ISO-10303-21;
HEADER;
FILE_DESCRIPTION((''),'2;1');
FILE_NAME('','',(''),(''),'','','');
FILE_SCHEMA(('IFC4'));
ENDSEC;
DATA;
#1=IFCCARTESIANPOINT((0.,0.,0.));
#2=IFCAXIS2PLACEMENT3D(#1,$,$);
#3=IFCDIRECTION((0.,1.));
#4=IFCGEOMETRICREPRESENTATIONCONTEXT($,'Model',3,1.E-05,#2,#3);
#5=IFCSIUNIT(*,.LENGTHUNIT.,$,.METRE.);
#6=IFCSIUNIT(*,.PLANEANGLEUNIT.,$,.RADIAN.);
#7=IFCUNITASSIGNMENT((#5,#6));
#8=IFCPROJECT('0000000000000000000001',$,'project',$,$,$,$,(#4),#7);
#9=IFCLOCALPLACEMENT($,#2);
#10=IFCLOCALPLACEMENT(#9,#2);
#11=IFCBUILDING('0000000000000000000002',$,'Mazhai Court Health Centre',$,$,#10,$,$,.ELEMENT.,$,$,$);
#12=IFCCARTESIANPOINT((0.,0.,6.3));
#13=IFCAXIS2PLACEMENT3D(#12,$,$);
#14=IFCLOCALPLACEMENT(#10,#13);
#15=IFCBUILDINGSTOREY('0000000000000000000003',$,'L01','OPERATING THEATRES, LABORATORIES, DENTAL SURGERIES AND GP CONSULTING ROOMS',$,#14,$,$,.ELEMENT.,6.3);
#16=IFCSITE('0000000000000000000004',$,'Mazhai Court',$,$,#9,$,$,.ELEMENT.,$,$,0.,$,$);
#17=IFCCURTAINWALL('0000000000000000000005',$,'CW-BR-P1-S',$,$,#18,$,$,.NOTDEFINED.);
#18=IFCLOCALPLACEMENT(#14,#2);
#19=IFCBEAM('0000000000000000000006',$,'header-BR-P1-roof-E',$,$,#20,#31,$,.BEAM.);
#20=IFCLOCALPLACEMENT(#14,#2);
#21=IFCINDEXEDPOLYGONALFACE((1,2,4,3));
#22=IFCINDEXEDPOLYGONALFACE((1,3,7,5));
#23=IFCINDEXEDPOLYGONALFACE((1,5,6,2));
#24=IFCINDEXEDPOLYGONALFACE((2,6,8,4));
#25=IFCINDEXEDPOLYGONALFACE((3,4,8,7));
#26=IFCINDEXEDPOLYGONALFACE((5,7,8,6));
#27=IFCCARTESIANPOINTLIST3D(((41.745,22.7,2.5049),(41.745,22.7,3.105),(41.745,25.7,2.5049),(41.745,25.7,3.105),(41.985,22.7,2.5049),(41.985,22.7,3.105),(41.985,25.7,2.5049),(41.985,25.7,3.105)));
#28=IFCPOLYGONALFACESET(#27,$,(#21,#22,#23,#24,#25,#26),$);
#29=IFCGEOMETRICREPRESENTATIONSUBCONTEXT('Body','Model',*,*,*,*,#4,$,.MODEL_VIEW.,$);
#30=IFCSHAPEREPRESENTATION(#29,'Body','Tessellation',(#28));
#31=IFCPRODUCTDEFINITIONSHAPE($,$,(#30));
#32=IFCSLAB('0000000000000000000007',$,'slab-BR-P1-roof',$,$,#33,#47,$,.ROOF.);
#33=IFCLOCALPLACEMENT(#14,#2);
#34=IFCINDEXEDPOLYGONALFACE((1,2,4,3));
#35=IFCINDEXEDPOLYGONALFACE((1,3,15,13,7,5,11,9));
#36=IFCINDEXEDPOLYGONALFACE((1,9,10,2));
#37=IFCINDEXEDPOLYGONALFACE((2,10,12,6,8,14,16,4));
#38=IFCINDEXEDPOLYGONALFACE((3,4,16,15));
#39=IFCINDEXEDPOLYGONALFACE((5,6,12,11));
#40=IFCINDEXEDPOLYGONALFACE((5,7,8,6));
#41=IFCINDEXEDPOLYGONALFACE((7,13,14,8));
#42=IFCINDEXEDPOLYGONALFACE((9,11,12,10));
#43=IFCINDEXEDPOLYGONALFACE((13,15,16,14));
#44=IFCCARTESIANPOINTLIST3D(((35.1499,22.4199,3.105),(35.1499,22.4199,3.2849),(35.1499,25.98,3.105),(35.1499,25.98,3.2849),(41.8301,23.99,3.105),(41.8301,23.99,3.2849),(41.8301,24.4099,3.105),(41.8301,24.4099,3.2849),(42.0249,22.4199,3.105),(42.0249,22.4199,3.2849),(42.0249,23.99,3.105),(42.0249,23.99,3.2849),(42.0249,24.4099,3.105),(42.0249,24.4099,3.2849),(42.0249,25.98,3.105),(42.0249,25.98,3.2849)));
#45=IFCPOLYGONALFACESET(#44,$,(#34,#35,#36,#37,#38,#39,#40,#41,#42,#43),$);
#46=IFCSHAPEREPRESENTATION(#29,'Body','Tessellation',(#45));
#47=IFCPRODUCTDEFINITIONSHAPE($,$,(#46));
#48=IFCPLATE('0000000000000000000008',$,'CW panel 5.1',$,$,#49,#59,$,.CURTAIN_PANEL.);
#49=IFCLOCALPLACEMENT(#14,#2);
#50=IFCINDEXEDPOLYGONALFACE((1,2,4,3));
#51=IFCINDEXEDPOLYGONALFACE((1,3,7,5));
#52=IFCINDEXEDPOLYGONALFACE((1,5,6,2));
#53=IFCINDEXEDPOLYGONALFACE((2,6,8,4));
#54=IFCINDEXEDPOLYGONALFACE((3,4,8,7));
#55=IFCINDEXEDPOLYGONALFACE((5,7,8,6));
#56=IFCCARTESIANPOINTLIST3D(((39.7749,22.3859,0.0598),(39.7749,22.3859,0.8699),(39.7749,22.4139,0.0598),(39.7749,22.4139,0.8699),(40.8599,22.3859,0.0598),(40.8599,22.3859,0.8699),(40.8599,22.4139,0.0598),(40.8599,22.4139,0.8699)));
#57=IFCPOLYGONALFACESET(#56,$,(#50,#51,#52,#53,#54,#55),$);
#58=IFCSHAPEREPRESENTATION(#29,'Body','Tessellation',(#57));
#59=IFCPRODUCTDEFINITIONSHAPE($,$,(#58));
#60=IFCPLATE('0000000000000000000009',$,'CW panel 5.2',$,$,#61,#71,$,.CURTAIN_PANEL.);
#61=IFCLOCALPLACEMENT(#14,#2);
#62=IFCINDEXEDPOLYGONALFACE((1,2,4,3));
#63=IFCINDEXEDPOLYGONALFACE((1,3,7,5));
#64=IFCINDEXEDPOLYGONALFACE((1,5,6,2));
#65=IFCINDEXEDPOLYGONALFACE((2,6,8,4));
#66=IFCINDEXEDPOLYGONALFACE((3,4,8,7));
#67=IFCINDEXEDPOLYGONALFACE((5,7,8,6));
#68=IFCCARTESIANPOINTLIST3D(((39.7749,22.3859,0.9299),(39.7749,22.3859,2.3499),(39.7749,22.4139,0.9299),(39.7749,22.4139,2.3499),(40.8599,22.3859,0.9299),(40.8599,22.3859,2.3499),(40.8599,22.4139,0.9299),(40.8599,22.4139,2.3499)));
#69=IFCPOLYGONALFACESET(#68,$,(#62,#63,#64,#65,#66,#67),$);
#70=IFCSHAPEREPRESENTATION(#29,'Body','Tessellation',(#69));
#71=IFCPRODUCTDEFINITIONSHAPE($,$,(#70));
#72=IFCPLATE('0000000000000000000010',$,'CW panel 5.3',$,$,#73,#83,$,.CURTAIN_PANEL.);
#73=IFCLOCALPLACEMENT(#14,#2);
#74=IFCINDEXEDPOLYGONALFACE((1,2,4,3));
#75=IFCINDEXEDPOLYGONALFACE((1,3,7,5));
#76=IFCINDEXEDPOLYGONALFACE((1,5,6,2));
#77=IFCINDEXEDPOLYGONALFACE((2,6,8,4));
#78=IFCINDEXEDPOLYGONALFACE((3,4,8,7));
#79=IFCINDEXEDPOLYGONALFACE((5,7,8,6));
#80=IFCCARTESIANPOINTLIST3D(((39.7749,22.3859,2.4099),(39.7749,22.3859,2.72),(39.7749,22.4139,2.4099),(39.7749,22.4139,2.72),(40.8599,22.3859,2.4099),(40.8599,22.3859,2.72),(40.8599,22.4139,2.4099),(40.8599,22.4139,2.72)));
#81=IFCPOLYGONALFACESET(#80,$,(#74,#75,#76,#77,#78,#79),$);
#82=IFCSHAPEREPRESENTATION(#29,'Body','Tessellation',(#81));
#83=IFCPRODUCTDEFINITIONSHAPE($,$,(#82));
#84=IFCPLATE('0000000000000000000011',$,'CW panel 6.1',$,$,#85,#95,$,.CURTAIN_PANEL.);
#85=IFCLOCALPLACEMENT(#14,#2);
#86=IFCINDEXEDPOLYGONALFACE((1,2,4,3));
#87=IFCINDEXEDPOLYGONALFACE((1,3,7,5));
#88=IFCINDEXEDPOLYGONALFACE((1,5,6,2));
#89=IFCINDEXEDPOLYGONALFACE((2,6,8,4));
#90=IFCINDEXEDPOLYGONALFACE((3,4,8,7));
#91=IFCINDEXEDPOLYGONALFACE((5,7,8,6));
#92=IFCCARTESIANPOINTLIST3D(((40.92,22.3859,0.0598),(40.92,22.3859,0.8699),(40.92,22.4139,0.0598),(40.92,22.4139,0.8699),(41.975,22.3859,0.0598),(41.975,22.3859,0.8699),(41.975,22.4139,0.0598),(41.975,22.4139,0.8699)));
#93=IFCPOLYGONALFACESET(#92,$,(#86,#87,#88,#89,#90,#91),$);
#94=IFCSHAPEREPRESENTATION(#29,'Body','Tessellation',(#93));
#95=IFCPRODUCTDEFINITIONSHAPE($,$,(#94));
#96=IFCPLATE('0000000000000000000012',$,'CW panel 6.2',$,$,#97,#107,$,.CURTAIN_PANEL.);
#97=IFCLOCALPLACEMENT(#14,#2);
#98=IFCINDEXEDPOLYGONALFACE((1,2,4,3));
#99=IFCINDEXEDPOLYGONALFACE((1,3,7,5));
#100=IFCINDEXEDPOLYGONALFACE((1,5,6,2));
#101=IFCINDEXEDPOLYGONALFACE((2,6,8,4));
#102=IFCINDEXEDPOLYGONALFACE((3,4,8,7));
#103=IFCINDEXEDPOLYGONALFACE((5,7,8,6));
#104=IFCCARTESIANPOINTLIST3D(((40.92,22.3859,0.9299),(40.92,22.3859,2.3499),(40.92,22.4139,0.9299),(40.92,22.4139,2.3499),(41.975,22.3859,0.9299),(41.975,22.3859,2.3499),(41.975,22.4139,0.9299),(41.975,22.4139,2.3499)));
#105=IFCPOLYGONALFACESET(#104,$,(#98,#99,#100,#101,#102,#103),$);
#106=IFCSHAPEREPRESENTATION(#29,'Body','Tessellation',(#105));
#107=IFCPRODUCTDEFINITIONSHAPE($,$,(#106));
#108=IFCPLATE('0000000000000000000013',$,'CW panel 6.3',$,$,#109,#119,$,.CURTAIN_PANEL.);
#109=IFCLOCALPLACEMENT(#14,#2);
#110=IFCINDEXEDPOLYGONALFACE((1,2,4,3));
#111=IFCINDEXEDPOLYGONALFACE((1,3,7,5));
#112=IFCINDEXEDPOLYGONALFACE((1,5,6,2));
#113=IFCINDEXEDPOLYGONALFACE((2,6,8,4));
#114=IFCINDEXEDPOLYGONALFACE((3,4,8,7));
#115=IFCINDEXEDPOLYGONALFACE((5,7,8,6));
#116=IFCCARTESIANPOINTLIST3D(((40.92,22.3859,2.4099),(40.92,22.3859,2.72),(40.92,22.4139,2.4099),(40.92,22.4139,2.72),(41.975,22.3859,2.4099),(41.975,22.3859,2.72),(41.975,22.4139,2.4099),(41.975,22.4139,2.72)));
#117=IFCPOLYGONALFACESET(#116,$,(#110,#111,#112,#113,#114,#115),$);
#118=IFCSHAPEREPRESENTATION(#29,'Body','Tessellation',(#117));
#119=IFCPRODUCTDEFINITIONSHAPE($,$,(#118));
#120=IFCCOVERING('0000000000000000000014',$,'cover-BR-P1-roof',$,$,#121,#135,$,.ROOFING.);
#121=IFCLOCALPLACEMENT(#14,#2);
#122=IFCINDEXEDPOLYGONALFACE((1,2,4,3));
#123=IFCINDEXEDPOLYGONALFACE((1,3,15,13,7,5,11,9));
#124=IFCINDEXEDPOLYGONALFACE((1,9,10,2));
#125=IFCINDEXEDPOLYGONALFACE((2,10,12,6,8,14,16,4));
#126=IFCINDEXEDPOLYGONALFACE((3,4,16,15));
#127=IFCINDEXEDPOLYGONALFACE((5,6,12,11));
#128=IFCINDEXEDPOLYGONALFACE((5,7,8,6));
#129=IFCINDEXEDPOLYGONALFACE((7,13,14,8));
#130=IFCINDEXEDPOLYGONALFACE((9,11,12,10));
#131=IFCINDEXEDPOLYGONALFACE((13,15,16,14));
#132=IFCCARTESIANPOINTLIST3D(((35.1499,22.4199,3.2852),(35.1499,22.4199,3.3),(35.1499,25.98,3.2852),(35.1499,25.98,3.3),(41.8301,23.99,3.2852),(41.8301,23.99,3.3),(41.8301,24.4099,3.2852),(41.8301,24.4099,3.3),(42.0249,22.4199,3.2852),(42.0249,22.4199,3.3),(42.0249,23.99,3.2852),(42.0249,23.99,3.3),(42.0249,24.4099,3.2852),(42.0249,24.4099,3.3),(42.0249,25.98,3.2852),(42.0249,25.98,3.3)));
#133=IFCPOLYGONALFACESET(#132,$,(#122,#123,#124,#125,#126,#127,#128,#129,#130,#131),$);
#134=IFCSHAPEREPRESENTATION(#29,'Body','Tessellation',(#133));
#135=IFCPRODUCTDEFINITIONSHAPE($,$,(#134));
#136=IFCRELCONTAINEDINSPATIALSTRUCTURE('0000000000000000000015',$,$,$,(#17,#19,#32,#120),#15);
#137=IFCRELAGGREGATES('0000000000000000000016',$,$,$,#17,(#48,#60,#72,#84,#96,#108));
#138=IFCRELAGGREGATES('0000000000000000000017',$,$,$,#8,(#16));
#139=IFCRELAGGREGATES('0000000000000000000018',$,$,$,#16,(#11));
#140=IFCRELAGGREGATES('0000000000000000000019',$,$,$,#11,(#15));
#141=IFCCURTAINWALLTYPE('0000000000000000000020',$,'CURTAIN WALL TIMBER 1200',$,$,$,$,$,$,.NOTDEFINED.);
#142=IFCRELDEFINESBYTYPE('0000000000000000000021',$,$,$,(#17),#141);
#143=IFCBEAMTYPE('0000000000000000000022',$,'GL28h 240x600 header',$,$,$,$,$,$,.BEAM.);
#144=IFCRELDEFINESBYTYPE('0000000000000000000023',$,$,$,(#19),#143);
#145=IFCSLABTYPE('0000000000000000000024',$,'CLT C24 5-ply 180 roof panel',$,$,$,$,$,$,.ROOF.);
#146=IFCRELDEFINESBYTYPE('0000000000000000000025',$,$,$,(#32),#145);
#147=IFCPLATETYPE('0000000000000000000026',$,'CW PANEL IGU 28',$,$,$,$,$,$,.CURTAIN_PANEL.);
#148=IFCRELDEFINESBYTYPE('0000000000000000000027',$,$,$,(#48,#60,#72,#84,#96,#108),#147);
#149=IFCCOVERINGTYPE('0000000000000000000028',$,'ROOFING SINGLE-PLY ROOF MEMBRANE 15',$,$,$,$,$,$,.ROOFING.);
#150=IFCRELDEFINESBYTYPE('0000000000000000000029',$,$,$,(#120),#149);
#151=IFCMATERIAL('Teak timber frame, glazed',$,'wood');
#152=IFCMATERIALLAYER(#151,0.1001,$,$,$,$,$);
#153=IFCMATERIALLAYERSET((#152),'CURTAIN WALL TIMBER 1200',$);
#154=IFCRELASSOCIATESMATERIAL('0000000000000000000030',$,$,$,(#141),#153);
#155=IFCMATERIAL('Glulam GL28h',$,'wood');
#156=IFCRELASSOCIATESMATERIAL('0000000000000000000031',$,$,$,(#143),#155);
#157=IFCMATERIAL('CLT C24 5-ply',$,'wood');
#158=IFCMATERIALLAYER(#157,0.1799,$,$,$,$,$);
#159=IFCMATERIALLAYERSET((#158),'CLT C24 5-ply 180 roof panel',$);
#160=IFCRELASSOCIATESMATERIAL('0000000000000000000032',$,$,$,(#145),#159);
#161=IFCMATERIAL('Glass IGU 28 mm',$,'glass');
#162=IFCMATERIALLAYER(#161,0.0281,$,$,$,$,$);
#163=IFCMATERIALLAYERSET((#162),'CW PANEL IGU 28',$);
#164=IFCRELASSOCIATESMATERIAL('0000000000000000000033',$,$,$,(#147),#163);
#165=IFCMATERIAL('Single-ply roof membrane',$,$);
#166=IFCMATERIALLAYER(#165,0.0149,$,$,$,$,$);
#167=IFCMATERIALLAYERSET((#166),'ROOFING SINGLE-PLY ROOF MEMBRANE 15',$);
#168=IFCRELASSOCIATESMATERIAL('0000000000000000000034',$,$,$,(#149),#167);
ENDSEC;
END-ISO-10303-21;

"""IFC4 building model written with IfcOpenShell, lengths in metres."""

from ifc_helpers import new_model, si_unit, direction, frame, origin, origin_2d, place, context, subcontext, project, spatial, polyline, rectangle, outline, extrude, material, layer, layer_set, material_profile, profile_set, type_object, element, aggregate, save


model = new_model("IFC4")

# Units and contexts
model_context = context("Model", 3, precision=1e-05, world=origin(), true_north=direction((0.0, 1.0)))
body_context = subcontext(model_context, "Body", "Model", "MODEL_VIEW")
ifc_project = project(units=[si_unit("LENGTHUNIT", "METRE"), si_unit("PLANEANGLEUNIT", "RADIAN")], contexts=[model_context])

# Site, building, storey
site_placement = place(None, origin())
site = spatial("IfcSite", under=ifc_project, at=site_placement, Name="Mazhai Court", CompositionType="ELEMENT", RefElevation=0.0)
building_placement = place(site_placement, origin())
building = spatial("IfcBuilding", under=site, at=building_placement, Name="Mazhai Court Health Centre", CompositionType="ELEMENT")
storey_placement = place(building_placement, frame((0.0, 0.0, 6.3)))
storey = spatial("IfcBuildingStorey", under=building, at=storey_placement, Name="L01", Description="OPERATING THEATRES, LABORATORIES, DENTAL SURGERIES AND GP CONSULTING ROOMS", CompositionType="ELEMENT", Elevation=6.3)

# Curtain wall
ifc_material_1 = material(Name="Teak timber frame, glazed", Category="wood")
ifc_layer_1 = layer(ifc_material_1, 0.1001)
ifc_layer_set_1 = layer_set([ifc_layer_1], Name="CURTAIN WALL TIMBER 1200")
curtain_wall_type = type_object("IfcCurtainWallType", Name="CURTAIN WALL TIMBER 1200", PredefinedType="NOTDEFINED", material=ifc_layer_set_1)
curtain_wall_1_placement = place(storey_placement, origin())
curtain_wall_1 = element("IfcCurtainWall", 1, at=curtain_wall_1_placement, inside=storey, type_object=curtain_wall_type, Name="CW-BR-P1-S", PredefinedType="NOTDEFINED")

# Beam
ifc_material_2 = material(Name="Glulam GL28h", Category="wood")
ifc_material_profile_1 = material_profile(ifc_material_2, rectangle(XDim=0.24, YDim=0.6001, at=origin_2d()), Name="GL28h 240x600")
ifc_profile_set_1 = profile_set([ifc_material_profile_1], Name="Glulam GL28h")
beam_type = type_object("IfcBeamType", Name="GL28h 240x600 header", PredefinedType="BEAM", material=ifc_profile_set_1)
beam_placement = place(storey_placement, frame((41.865, 22.7, 2.8049), z_axis=(0.0, 1.0, 0.0), x_axis=(-1.0, 0.0, 0.0)))
element("IfcBeam", 2, at=beam_placement, inside=storey, type_object=beam_type, Name="header-BR-P1-roof-E", PredefinedType="BEAM", context=body_context, shape_type="SweptSolid", body=[
    extrude(rectangle(XDim=0.24, YDim=0.6001, at=origin_2d()), origin(), (0.0, 0.0, 1.0), 3.0),
])

# Slab
ifc_material_3 = material(Name="CLT C24 5-ply", Category="wood")
ifc_layer_2 = layer(ifc_material_3, 0.1799)
ifc_layer_set_2 = layer_set([ifc_layer_2], Name="CLT C24 5-ply 180 roof panel")
slab_type = type_object("IfcSlabType", Name="CLT C24 5-ply 180 roof panel", PredefinedType="ROOF", material=ifc_layer_set_2)
slab_placement = place(storey_placement, frame((42.0249, 22.4199, 3.2849), z_axis=(0.0, 0.0, 1.0), x_axis=(0.0, 1.0, 0.0)))
element("IfcSlab", 3, at=slab_placement, inside=storey, type_object=slab_type, Name="slab-BR-P1-roof", PredefinedType="ROOF", context=body_context, shape_type="SweptSolid", body=[
    extrude(outline(polyline([(0.0, 0.0), (1.5701, 0.0), (1.5701, 0.1948), (1.99, 0.1948), (1.99, 0.0), (3.5601, 0.0), (3.5601, 6.875), (0.0, 6.875), (0.0, 0.0)])), origin(), (0.0, 0.0, -1.0), 0.1799),
])

# Plates
ifc_material_4 = material(Name="Glass IGU 28 mm", Category="glass")
ifc_layer_3 = layer(ifc_material_4, 0.0281)
ifc_layer_set_3 = layer_set([ifc_layer_3], Name="CW PANEL IGU 28")
plate_type = type_object("IfcPlateType", Name="CW PANEL IGU 28", PredefinedType="CURTAIN_PANEL", material=ifc_layer_set_3)
plate_1_placement = place(storey_placement, frame((40.3174, 22.3999, 0.0598), z_axis=(0.0, 0.0, 1.0), x_axis=(1.0, 0.0, 0.0)))
plate_1 = element("IfcPlate", 4, at=plate_1_placement, type_object=plate_type, Name="CW panel 5.1", PredefinedType="CURTAIN_PANEL", context=body_context, shape_type="SweptSolid", body=[
    extrude(rectangle(XDim=1.085, YDim=0.0281, at=origin_2d()), origin(), (0.0, 0.0, 1.0), 0.8101),
])
plate_2_placement = place(storey_placement, frame((40.3174, 22.3999, 0.9299), z_axis=(0.0, 0.0, 1.0), x_axis=(1.0, 0.0, 0.0)))
plate_2 = element("IfcPlate", 5, at=plate_2_placement, type_object=plate_type, Name="CW panel 5.2", PredefinedType="CURTAIN_PANEL", context=body_context, shape_type="SweptSolid", body=[
    extrude(rectangle(XDim=1.085, YDim=0.0281, at=origin_2d()), origin(), (0.0, 0.0, 1.0), 1.4199),
])
plate_3_placement = place(storey_placement, frame((40.3174, 22.3999, 2.4099), z_axis=(0.0, 0.0, 1.0), x_axis=(1.0, 0.0, 0.0)))
plate_3 = element("IfcPlate", 6, at=plate_3_placement, type_object=plate_type, Name="CW panel 5.3", PredefinedType="CURTAIN_PANEL", context=body_context, shape_type="SweptSolid", body=[
    extrude(rectangle(XDim=1.085, YDim=0.0281, at=origin_2d()), origin(), (0.0, 0.0, 1.0), 0.3101),
])
plate_4_placement = place(storey_placement, frame((41.4475, 22.3999, 0.0598), z_axis=(0.0, 0.0, 1.0), x_axis=(1.0, 0.0, 0.0)))
plate_4 = element("IfcPlate", 7, at=plate_4_placement, type_object=plate_type, Name="CW panel 6.1", PredefinedType="CURTAIN_PANEL", context=body_context, shape_type="SweptSolid", body=[
    extrude(rectangle(XDim=1.0549, YDim=0.0281, at=origin_2d()), origin(), (0.0, 0.0, 1.0), 0.8101),
])
plate_5_placement = place(storey_placement, frame((41.4475, 22.3999, 0.9299), z_axis=(0.0, 0.0, 1.0), x_axis=(1.0, 0.0, 0.0)))
plate_5 = element("IfcPlate", 8, at=plate_5_placement, type_object=plate_type, Name="CW panel 6.2", PredefinedType="CURTAIN_PANEL", context=body_context, shape_type="SweptSolid", body=[
    extrude(rectangle(XDim=1.0549, YDim=0.0281, at=origin_2d()), origin(), (0.0, 0.0, 1.0), 1.4199),
])
plate_6_placement = place(storey_placement, frame((41.4475, 22.3999, 2.4099), z_axis=(0.0, 0.0, 1.0), x_axis=(1.0, 0.0, 0.0)))
plate_6 = element("IfcPlate", 9, at=plate_6_placement, type_object=plate_type, Name="CW panel 6.3", PredefinedType="CURTAIN_PANEL", context=body_context, shape_type="SweptSolid", body=[
    extrude(rectangle(XDim=1.0549, YDim=0.0281, at=origin_2d()), origin(), (0.0, 0.0, 1.0), 0.3101),
])
aggregate(curtain_wall_1, [plate_1, plate_2, plate_3, plate_4, plate_5, plate_6])

# Covering
ifc_material_5 = material(Name="Single-ply roof membrane")
ifc_layer_4 = layer(ifc_material_5, 0.0149)
ifc_layer_set_4 = layer_set([ifc_layer_4], Name="ROOFING SINGLE-PLY ROOF MEMBRANE 15")
covering_type = type_object("IfcCoveringType", Name="ROOFING SINGLE-PLY ROOF MEMBRANE 15", PredefinedType="ROOFING", material=ifc_layer_set_4)
covering_placement = place(storey_placement, frame((42.0249, 22.4199, 3.3), z_axis=(0.0, 0.0, 1.0), x_axis=(0.0, 1.0, 0.0)))
element("IfcCovering", 10, at=covering_placement, inside=storey, type_object=covering_type, Name="cover-BR-P1-roof", PredefinedType="ROOFING", context=body_context, shape_type="SweptSolid", body=[
    extrude(outline(polyline([(0.0, 0.0), (1.5701, 0.0), (1.5701, 0.1948), (1.99, 0.1948), (1.99, 0.0), (3.5601, 0.0), (3.5601, 6.875), (0.0, 6.875), (0.0, 0.0)])), origin(), (0.0, 0.0, -1.0), 0.0149),
])

save(model, "model.ifc")
